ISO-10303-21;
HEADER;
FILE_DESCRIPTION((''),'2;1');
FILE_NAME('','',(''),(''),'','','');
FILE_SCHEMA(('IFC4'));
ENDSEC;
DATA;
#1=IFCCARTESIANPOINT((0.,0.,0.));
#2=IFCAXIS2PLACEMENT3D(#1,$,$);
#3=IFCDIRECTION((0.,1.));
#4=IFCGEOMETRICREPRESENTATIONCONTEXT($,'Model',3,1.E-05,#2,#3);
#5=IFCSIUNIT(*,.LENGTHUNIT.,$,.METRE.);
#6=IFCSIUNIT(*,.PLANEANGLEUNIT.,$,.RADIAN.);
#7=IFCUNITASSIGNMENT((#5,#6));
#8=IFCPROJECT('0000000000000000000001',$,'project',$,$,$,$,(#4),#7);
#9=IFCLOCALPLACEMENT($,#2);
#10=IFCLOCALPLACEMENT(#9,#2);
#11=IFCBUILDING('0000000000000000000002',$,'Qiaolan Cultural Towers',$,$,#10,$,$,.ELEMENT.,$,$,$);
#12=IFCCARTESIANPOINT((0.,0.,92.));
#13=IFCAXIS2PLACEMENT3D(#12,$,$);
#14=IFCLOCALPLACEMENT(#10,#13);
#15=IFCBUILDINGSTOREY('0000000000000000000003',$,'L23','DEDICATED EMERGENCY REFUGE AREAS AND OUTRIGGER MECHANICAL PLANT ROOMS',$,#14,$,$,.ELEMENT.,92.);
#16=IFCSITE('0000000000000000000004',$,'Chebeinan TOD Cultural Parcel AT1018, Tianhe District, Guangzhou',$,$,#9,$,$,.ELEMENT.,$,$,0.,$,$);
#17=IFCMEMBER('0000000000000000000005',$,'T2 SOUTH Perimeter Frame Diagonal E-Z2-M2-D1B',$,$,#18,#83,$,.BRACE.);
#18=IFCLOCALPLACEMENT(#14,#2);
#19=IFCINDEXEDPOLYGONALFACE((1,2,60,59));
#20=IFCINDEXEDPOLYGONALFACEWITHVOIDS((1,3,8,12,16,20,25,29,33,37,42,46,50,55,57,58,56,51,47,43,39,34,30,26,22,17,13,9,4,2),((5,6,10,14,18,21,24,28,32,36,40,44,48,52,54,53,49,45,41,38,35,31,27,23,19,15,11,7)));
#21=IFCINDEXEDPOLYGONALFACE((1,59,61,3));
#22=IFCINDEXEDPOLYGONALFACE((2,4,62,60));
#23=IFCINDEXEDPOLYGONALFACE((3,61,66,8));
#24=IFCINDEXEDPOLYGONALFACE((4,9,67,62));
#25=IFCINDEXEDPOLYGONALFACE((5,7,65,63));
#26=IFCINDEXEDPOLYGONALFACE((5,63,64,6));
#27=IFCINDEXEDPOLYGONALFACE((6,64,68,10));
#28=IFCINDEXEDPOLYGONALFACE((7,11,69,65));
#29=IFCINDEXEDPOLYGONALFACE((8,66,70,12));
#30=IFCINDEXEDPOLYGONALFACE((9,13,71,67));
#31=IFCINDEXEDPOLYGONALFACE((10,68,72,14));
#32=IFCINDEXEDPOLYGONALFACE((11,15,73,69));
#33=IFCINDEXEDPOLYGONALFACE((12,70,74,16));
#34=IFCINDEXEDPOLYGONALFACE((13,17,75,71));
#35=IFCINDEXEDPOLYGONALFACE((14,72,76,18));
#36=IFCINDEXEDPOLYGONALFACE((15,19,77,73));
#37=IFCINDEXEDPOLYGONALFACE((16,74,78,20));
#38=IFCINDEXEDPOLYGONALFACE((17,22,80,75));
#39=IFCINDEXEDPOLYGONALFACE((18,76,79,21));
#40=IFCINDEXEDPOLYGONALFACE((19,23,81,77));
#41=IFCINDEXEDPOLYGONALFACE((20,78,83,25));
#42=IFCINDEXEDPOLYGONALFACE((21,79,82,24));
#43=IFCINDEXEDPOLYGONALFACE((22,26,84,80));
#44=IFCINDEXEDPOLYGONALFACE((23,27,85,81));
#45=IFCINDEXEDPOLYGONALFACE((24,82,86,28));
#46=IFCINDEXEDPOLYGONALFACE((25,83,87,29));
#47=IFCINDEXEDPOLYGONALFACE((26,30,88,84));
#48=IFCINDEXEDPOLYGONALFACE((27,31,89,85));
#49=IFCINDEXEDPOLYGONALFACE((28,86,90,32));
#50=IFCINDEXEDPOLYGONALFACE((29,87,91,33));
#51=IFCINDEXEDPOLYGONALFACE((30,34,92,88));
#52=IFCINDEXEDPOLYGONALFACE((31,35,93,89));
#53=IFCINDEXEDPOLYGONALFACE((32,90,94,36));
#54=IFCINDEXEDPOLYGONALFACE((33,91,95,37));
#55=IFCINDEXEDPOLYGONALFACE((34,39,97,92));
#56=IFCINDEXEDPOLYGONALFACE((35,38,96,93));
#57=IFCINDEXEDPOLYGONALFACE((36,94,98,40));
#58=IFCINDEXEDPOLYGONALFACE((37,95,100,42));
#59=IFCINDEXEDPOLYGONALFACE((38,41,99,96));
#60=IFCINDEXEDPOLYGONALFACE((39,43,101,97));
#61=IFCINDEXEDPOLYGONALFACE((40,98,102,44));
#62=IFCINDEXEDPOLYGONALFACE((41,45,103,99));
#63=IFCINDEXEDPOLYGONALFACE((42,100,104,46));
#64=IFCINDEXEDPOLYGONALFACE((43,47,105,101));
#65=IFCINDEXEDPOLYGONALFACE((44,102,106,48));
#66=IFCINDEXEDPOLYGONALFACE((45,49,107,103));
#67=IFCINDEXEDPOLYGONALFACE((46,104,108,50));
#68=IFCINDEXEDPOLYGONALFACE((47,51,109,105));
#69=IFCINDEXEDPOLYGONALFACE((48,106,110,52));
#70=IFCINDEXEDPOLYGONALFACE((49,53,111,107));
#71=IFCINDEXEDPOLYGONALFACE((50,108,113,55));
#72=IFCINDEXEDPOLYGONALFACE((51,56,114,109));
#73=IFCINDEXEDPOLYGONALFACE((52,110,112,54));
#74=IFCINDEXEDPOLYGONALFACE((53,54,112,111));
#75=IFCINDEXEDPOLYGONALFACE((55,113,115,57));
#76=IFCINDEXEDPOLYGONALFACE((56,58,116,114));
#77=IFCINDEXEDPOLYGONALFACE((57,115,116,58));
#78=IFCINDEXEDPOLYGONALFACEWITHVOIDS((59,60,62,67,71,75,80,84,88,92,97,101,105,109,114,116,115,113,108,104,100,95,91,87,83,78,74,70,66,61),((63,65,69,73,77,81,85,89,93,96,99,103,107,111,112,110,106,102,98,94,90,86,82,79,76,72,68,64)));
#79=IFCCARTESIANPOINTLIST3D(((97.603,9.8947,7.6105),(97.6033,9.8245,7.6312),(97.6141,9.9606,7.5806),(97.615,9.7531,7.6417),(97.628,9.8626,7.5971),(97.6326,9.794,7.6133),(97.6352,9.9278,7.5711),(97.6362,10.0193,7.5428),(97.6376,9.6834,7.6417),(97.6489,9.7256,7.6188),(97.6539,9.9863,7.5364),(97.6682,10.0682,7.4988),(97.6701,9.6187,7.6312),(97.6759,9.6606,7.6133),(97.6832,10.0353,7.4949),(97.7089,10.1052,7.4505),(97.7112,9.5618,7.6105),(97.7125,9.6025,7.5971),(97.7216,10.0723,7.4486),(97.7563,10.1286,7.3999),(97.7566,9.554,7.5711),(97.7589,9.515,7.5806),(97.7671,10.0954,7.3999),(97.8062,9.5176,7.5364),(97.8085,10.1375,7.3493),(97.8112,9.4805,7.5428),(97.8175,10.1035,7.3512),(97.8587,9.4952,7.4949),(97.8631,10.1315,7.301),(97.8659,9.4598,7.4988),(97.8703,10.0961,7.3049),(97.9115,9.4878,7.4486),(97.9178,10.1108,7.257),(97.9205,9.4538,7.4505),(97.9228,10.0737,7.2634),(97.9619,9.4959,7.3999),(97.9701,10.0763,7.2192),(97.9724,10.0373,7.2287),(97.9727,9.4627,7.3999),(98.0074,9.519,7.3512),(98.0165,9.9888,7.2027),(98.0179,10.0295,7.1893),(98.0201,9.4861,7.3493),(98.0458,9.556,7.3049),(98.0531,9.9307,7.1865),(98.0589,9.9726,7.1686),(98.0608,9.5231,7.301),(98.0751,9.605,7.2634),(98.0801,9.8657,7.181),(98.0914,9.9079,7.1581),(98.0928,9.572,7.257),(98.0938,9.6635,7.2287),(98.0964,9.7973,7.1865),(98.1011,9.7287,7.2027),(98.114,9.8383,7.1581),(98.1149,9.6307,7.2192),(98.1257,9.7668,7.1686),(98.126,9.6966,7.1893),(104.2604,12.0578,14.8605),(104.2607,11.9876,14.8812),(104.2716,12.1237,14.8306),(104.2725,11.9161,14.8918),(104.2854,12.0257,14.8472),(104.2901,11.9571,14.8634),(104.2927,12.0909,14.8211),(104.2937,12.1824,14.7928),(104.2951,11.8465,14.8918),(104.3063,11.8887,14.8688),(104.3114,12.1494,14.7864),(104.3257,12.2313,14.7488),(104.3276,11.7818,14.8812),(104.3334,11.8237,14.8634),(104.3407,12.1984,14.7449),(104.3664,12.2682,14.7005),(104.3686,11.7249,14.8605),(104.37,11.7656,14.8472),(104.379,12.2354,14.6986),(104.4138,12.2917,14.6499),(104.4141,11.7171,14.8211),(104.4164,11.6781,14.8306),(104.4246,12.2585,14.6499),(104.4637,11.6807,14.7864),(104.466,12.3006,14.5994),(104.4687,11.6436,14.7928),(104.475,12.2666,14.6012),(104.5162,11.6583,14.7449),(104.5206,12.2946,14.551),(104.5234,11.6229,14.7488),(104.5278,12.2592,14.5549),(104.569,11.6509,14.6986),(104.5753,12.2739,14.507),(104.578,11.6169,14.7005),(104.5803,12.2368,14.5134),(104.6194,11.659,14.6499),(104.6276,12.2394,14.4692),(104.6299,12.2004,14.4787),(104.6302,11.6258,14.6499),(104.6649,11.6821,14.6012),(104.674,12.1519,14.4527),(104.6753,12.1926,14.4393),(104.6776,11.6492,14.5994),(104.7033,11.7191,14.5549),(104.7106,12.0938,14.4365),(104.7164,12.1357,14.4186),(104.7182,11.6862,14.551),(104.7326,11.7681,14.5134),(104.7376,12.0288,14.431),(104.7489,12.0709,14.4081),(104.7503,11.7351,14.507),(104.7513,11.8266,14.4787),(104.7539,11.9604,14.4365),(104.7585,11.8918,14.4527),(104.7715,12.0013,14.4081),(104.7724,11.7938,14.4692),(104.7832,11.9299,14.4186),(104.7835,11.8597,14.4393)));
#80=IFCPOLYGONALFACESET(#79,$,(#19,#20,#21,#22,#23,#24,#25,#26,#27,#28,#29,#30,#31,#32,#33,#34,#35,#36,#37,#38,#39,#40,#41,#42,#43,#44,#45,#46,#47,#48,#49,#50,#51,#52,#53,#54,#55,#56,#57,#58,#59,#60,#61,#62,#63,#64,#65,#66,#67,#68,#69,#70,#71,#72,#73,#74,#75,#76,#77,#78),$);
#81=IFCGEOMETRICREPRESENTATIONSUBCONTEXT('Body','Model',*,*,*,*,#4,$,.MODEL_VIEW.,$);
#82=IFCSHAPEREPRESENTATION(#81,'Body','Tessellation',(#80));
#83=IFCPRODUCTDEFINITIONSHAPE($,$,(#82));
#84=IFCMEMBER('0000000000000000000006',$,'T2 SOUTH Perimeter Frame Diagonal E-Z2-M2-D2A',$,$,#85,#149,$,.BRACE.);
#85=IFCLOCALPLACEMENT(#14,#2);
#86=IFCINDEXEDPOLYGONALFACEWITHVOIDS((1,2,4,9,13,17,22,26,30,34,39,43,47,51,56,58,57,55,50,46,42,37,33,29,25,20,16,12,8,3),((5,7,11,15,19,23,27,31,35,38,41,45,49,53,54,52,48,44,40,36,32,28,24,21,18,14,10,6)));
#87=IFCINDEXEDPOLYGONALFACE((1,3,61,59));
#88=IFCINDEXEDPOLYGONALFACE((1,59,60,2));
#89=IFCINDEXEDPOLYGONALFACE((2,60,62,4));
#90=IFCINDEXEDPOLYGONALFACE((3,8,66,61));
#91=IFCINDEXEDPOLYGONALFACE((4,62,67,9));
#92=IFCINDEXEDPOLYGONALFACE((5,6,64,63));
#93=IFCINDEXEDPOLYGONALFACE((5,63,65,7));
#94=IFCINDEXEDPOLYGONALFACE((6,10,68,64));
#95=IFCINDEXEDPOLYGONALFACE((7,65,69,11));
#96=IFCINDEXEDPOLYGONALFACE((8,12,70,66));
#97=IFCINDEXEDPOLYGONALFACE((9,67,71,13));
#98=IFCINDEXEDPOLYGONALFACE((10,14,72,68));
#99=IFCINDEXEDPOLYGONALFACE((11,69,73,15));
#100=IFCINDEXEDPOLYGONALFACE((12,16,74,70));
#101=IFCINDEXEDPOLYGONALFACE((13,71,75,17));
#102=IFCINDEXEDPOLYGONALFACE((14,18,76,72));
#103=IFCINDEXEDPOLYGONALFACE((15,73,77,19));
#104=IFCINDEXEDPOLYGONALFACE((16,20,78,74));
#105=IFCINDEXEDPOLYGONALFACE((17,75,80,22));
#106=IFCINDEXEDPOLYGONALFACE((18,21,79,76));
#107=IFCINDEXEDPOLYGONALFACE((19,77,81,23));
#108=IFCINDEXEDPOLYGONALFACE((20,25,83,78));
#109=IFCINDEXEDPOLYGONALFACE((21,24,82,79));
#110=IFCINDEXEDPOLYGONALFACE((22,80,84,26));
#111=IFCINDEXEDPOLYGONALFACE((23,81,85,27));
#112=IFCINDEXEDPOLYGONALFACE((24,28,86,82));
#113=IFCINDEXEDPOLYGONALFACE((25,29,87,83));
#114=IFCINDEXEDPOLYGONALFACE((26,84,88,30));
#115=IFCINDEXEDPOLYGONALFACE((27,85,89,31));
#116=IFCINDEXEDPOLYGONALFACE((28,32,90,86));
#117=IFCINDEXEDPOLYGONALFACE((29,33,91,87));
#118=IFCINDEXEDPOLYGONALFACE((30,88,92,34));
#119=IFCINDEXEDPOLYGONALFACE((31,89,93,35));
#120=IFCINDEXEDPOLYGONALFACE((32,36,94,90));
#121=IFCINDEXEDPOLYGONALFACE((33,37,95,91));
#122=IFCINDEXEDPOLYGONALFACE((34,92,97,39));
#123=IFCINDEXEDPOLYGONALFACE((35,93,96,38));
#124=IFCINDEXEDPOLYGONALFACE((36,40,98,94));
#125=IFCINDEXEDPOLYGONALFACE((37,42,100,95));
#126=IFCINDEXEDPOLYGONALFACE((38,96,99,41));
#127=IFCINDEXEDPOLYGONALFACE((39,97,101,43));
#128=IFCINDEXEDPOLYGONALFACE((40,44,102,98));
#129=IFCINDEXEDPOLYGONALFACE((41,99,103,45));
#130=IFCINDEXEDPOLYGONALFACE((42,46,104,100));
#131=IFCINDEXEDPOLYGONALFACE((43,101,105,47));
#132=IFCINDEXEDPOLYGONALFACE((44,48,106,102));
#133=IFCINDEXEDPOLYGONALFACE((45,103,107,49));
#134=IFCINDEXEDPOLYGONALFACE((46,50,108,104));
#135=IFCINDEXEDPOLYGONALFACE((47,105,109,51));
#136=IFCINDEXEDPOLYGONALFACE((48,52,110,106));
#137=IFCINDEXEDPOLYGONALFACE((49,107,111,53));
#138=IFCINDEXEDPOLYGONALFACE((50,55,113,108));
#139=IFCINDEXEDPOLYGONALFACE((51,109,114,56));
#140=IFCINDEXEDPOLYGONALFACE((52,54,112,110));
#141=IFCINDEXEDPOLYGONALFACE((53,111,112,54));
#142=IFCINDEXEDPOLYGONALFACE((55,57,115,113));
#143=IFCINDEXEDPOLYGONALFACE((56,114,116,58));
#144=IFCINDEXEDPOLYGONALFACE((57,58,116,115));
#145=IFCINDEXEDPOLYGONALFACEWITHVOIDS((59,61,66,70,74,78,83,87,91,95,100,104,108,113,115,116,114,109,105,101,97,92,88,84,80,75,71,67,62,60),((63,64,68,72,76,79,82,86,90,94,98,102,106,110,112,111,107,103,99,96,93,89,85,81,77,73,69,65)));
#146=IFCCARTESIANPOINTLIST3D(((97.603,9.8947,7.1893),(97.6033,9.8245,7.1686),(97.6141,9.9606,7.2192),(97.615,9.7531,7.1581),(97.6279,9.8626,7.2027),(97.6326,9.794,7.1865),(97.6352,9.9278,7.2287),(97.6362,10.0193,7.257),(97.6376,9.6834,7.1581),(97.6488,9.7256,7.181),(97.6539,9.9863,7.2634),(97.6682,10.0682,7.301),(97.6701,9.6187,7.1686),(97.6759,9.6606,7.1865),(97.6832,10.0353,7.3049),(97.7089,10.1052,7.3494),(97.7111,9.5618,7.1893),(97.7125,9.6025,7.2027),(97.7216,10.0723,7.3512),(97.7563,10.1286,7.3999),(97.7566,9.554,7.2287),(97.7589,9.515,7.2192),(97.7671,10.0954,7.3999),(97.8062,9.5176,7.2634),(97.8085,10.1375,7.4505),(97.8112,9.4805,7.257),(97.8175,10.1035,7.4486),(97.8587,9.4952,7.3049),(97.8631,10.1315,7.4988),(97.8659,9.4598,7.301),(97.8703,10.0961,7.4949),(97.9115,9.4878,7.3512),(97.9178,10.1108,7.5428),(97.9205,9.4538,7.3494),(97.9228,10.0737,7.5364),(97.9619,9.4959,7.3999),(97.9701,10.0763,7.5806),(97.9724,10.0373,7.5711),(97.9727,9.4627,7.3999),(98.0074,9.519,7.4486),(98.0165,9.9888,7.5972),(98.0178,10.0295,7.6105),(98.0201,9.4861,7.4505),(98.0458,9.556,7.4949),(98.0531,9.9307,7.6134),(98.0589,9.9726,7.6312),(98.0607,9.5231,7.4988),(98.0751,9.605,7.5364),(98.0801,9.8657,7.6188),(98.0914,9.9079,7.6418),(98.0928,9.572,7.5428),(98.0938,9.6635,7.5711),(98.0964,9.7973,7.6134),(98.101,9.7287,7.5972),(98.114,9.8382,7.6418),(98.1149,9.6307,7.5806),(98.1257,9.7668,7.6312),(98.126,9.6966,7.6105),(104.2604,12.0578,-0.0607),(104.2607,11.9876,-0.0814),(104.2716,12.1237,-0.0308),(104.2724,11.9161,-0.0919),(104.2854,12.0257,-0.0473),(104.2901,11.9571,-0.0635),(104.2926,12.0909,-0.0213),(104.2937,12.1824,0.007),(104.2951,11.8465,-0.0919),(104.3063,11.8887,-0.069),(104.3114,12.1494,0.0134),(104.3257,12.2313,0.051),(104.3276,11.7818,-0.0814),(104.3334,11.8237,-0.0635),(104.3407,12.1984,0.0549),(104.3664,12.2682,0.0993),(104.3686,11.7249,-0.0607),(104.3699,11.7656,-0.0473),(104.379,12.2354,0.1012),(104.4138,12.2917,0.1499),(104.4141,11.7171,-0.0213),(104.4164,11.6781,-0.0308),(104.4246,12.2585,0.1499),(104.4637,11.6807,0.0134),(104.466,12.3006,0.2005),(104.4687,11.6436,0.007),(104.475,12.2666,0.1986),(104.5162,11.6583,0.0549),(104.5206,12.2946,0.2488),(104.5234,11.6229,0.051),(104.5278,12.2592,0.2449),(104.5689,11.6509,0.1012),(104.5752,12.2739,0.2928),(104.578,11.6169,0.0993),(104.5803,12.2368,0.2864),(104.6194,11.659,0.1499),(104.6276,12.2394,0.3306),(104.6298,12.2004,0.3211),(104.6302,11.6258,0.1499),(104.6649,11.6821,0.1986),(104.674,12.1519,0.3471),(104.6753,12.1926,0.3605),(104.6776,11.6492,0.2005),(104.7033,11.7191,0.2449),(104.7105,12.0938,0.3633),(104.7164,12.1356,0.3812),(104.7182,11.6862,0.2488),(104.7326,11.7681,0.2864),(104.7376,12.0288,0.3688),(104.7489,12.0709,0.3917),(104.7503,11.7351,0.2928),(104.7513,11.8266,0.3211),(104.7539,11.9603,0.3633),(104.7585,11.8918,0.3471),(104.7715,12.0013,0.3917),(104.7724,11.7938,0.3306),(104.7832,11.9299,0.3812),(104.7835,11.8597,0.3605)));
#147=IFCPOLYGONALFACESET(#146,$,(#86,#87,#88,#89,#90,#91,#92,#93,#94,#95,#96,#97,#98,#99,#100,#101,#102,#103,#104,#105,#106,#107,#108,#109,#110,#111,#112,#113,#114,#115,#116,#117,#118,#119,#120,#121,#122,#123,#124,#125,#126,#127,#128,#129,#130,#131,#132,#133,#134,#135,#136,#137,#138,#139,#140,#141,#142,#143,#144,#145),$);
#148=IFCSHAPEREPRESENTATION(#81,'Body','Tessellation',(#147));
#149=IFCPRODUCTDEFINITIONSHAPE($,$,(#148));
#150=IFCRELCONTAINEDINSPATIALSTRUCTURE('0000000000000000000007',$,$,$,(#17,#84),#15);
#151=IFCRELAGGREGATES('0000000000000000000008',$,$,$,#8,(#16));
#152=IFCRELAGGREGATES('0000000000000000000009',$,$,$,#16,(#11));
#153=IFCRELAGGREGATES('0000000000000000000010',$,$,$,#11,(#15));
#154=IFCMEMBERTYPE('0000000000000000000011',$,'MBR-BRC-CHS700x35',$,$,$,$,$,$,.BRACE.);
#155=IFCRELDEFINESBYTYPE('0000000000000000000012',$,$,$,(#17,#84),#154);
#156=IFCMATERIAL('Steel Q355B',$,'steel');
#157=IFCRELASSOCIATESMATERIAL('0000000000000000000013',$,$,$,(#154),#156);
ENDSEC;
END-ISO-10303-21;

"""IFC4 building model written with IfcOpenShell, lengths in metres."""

from ifc_helpers import new_model, si_unit, direction, frame, origin, origin_2d, place, context, subcontext, project, spatial, hollow_circle, extrude, material, material_profile, profile_set, type_object, element, save


model = new_model("IFC4")

# Units and contexts
model_context = context("Model", 3, precision=1e-05, world=origin(), true_north=direction((0.0, 1.0)))
body_context = subcontext(model_context, "Body", "Model", "MODEL_VIEW")
ifc_project = project(units=[si_unit("LENGTHUNIT", "METRE"), si_unit("PLANEANGLEUNIT", "RADIAN")], contexts=[model_context])

# Site, building, storey
site_placement = place(None, origin())
site = spatial("IfcSite", under=ifc_project, at=site_placement, Name="Chebeinan TOD Cultural Parcel AT1018, Tianhe District, Guangzhou", CompositionType="ELEMENT", RefElevation=0.0)
building_placement = place(site_placement, origin())
building = spatial("IfcBuilding", under=site, at=building_placement, Name="Qiaolan Cultural Towers", CompositionType="ELEMENT")
storey_placement = place(building_placement, frame((0.0, 0.0, 92.0)))
storey = spatial("IfcBuildingStorey", under=building, at=storey_placement, Name="L23", Description="DEDICATED EMERGENCY REFUGE AREAS AND OUTRIGGER MECHANICAL PLANT ROOMS", CompositionType="ELEMENT", Elevation=92.0)

# Members
ifc_material_1 = material(Name="Steel Q355B", Category="steel")
ifc_material_profile_1 = material_profile(ifc_material_1, hollow_circle(Radius=0.3501, WallThickness=0.0349, at=origin_2d()), Name="CHS700x35")
ifc_profile_set_1 = profile_set([ifc_material_profile_1], Name="Steel Q355B")
member_type_1 = type_object("IfcMemberType", Name="MBR-BRC-CHS700x35", PredefinedType="BRACE", material=ifc_profile_set_1)
for number, where, z_axis, x_axis, name in (
    (1, (97.8645, 9.7957, 7.3999), (0.660603, 0.214637, 0.719398), (-0.30901, 0.951059, 0.0), "T2 SOUTH Perimeter Frame Diagonal E-Z2-M2-D1B"),
    (2, (104.522, 11.9587, 0.1499), (-0.660603, -0.214637, 0.719398), (0.30901, -0.951059, 0.0), "T2 SOUTH Perimeter Frame Diagonal E-Z2-M2-D2A"),
):
    element("IfcMember", number, at=place(storey_placement, frame(where, z_axis=z_axis, x_axis=x_axis)), inside=storey, type_object=member_type_1, Name=name, PredefinedType="BRACE", context=body_context, shape_type="SweptSolid", body=[
        extrude(hollow_circle(Radius=0.3501, WallThickness=0.0349, at=origin_2d()), origin(), (0.0, 0.0, 1.0), 10.0779),
    ])

save(model, "model.ifc")
